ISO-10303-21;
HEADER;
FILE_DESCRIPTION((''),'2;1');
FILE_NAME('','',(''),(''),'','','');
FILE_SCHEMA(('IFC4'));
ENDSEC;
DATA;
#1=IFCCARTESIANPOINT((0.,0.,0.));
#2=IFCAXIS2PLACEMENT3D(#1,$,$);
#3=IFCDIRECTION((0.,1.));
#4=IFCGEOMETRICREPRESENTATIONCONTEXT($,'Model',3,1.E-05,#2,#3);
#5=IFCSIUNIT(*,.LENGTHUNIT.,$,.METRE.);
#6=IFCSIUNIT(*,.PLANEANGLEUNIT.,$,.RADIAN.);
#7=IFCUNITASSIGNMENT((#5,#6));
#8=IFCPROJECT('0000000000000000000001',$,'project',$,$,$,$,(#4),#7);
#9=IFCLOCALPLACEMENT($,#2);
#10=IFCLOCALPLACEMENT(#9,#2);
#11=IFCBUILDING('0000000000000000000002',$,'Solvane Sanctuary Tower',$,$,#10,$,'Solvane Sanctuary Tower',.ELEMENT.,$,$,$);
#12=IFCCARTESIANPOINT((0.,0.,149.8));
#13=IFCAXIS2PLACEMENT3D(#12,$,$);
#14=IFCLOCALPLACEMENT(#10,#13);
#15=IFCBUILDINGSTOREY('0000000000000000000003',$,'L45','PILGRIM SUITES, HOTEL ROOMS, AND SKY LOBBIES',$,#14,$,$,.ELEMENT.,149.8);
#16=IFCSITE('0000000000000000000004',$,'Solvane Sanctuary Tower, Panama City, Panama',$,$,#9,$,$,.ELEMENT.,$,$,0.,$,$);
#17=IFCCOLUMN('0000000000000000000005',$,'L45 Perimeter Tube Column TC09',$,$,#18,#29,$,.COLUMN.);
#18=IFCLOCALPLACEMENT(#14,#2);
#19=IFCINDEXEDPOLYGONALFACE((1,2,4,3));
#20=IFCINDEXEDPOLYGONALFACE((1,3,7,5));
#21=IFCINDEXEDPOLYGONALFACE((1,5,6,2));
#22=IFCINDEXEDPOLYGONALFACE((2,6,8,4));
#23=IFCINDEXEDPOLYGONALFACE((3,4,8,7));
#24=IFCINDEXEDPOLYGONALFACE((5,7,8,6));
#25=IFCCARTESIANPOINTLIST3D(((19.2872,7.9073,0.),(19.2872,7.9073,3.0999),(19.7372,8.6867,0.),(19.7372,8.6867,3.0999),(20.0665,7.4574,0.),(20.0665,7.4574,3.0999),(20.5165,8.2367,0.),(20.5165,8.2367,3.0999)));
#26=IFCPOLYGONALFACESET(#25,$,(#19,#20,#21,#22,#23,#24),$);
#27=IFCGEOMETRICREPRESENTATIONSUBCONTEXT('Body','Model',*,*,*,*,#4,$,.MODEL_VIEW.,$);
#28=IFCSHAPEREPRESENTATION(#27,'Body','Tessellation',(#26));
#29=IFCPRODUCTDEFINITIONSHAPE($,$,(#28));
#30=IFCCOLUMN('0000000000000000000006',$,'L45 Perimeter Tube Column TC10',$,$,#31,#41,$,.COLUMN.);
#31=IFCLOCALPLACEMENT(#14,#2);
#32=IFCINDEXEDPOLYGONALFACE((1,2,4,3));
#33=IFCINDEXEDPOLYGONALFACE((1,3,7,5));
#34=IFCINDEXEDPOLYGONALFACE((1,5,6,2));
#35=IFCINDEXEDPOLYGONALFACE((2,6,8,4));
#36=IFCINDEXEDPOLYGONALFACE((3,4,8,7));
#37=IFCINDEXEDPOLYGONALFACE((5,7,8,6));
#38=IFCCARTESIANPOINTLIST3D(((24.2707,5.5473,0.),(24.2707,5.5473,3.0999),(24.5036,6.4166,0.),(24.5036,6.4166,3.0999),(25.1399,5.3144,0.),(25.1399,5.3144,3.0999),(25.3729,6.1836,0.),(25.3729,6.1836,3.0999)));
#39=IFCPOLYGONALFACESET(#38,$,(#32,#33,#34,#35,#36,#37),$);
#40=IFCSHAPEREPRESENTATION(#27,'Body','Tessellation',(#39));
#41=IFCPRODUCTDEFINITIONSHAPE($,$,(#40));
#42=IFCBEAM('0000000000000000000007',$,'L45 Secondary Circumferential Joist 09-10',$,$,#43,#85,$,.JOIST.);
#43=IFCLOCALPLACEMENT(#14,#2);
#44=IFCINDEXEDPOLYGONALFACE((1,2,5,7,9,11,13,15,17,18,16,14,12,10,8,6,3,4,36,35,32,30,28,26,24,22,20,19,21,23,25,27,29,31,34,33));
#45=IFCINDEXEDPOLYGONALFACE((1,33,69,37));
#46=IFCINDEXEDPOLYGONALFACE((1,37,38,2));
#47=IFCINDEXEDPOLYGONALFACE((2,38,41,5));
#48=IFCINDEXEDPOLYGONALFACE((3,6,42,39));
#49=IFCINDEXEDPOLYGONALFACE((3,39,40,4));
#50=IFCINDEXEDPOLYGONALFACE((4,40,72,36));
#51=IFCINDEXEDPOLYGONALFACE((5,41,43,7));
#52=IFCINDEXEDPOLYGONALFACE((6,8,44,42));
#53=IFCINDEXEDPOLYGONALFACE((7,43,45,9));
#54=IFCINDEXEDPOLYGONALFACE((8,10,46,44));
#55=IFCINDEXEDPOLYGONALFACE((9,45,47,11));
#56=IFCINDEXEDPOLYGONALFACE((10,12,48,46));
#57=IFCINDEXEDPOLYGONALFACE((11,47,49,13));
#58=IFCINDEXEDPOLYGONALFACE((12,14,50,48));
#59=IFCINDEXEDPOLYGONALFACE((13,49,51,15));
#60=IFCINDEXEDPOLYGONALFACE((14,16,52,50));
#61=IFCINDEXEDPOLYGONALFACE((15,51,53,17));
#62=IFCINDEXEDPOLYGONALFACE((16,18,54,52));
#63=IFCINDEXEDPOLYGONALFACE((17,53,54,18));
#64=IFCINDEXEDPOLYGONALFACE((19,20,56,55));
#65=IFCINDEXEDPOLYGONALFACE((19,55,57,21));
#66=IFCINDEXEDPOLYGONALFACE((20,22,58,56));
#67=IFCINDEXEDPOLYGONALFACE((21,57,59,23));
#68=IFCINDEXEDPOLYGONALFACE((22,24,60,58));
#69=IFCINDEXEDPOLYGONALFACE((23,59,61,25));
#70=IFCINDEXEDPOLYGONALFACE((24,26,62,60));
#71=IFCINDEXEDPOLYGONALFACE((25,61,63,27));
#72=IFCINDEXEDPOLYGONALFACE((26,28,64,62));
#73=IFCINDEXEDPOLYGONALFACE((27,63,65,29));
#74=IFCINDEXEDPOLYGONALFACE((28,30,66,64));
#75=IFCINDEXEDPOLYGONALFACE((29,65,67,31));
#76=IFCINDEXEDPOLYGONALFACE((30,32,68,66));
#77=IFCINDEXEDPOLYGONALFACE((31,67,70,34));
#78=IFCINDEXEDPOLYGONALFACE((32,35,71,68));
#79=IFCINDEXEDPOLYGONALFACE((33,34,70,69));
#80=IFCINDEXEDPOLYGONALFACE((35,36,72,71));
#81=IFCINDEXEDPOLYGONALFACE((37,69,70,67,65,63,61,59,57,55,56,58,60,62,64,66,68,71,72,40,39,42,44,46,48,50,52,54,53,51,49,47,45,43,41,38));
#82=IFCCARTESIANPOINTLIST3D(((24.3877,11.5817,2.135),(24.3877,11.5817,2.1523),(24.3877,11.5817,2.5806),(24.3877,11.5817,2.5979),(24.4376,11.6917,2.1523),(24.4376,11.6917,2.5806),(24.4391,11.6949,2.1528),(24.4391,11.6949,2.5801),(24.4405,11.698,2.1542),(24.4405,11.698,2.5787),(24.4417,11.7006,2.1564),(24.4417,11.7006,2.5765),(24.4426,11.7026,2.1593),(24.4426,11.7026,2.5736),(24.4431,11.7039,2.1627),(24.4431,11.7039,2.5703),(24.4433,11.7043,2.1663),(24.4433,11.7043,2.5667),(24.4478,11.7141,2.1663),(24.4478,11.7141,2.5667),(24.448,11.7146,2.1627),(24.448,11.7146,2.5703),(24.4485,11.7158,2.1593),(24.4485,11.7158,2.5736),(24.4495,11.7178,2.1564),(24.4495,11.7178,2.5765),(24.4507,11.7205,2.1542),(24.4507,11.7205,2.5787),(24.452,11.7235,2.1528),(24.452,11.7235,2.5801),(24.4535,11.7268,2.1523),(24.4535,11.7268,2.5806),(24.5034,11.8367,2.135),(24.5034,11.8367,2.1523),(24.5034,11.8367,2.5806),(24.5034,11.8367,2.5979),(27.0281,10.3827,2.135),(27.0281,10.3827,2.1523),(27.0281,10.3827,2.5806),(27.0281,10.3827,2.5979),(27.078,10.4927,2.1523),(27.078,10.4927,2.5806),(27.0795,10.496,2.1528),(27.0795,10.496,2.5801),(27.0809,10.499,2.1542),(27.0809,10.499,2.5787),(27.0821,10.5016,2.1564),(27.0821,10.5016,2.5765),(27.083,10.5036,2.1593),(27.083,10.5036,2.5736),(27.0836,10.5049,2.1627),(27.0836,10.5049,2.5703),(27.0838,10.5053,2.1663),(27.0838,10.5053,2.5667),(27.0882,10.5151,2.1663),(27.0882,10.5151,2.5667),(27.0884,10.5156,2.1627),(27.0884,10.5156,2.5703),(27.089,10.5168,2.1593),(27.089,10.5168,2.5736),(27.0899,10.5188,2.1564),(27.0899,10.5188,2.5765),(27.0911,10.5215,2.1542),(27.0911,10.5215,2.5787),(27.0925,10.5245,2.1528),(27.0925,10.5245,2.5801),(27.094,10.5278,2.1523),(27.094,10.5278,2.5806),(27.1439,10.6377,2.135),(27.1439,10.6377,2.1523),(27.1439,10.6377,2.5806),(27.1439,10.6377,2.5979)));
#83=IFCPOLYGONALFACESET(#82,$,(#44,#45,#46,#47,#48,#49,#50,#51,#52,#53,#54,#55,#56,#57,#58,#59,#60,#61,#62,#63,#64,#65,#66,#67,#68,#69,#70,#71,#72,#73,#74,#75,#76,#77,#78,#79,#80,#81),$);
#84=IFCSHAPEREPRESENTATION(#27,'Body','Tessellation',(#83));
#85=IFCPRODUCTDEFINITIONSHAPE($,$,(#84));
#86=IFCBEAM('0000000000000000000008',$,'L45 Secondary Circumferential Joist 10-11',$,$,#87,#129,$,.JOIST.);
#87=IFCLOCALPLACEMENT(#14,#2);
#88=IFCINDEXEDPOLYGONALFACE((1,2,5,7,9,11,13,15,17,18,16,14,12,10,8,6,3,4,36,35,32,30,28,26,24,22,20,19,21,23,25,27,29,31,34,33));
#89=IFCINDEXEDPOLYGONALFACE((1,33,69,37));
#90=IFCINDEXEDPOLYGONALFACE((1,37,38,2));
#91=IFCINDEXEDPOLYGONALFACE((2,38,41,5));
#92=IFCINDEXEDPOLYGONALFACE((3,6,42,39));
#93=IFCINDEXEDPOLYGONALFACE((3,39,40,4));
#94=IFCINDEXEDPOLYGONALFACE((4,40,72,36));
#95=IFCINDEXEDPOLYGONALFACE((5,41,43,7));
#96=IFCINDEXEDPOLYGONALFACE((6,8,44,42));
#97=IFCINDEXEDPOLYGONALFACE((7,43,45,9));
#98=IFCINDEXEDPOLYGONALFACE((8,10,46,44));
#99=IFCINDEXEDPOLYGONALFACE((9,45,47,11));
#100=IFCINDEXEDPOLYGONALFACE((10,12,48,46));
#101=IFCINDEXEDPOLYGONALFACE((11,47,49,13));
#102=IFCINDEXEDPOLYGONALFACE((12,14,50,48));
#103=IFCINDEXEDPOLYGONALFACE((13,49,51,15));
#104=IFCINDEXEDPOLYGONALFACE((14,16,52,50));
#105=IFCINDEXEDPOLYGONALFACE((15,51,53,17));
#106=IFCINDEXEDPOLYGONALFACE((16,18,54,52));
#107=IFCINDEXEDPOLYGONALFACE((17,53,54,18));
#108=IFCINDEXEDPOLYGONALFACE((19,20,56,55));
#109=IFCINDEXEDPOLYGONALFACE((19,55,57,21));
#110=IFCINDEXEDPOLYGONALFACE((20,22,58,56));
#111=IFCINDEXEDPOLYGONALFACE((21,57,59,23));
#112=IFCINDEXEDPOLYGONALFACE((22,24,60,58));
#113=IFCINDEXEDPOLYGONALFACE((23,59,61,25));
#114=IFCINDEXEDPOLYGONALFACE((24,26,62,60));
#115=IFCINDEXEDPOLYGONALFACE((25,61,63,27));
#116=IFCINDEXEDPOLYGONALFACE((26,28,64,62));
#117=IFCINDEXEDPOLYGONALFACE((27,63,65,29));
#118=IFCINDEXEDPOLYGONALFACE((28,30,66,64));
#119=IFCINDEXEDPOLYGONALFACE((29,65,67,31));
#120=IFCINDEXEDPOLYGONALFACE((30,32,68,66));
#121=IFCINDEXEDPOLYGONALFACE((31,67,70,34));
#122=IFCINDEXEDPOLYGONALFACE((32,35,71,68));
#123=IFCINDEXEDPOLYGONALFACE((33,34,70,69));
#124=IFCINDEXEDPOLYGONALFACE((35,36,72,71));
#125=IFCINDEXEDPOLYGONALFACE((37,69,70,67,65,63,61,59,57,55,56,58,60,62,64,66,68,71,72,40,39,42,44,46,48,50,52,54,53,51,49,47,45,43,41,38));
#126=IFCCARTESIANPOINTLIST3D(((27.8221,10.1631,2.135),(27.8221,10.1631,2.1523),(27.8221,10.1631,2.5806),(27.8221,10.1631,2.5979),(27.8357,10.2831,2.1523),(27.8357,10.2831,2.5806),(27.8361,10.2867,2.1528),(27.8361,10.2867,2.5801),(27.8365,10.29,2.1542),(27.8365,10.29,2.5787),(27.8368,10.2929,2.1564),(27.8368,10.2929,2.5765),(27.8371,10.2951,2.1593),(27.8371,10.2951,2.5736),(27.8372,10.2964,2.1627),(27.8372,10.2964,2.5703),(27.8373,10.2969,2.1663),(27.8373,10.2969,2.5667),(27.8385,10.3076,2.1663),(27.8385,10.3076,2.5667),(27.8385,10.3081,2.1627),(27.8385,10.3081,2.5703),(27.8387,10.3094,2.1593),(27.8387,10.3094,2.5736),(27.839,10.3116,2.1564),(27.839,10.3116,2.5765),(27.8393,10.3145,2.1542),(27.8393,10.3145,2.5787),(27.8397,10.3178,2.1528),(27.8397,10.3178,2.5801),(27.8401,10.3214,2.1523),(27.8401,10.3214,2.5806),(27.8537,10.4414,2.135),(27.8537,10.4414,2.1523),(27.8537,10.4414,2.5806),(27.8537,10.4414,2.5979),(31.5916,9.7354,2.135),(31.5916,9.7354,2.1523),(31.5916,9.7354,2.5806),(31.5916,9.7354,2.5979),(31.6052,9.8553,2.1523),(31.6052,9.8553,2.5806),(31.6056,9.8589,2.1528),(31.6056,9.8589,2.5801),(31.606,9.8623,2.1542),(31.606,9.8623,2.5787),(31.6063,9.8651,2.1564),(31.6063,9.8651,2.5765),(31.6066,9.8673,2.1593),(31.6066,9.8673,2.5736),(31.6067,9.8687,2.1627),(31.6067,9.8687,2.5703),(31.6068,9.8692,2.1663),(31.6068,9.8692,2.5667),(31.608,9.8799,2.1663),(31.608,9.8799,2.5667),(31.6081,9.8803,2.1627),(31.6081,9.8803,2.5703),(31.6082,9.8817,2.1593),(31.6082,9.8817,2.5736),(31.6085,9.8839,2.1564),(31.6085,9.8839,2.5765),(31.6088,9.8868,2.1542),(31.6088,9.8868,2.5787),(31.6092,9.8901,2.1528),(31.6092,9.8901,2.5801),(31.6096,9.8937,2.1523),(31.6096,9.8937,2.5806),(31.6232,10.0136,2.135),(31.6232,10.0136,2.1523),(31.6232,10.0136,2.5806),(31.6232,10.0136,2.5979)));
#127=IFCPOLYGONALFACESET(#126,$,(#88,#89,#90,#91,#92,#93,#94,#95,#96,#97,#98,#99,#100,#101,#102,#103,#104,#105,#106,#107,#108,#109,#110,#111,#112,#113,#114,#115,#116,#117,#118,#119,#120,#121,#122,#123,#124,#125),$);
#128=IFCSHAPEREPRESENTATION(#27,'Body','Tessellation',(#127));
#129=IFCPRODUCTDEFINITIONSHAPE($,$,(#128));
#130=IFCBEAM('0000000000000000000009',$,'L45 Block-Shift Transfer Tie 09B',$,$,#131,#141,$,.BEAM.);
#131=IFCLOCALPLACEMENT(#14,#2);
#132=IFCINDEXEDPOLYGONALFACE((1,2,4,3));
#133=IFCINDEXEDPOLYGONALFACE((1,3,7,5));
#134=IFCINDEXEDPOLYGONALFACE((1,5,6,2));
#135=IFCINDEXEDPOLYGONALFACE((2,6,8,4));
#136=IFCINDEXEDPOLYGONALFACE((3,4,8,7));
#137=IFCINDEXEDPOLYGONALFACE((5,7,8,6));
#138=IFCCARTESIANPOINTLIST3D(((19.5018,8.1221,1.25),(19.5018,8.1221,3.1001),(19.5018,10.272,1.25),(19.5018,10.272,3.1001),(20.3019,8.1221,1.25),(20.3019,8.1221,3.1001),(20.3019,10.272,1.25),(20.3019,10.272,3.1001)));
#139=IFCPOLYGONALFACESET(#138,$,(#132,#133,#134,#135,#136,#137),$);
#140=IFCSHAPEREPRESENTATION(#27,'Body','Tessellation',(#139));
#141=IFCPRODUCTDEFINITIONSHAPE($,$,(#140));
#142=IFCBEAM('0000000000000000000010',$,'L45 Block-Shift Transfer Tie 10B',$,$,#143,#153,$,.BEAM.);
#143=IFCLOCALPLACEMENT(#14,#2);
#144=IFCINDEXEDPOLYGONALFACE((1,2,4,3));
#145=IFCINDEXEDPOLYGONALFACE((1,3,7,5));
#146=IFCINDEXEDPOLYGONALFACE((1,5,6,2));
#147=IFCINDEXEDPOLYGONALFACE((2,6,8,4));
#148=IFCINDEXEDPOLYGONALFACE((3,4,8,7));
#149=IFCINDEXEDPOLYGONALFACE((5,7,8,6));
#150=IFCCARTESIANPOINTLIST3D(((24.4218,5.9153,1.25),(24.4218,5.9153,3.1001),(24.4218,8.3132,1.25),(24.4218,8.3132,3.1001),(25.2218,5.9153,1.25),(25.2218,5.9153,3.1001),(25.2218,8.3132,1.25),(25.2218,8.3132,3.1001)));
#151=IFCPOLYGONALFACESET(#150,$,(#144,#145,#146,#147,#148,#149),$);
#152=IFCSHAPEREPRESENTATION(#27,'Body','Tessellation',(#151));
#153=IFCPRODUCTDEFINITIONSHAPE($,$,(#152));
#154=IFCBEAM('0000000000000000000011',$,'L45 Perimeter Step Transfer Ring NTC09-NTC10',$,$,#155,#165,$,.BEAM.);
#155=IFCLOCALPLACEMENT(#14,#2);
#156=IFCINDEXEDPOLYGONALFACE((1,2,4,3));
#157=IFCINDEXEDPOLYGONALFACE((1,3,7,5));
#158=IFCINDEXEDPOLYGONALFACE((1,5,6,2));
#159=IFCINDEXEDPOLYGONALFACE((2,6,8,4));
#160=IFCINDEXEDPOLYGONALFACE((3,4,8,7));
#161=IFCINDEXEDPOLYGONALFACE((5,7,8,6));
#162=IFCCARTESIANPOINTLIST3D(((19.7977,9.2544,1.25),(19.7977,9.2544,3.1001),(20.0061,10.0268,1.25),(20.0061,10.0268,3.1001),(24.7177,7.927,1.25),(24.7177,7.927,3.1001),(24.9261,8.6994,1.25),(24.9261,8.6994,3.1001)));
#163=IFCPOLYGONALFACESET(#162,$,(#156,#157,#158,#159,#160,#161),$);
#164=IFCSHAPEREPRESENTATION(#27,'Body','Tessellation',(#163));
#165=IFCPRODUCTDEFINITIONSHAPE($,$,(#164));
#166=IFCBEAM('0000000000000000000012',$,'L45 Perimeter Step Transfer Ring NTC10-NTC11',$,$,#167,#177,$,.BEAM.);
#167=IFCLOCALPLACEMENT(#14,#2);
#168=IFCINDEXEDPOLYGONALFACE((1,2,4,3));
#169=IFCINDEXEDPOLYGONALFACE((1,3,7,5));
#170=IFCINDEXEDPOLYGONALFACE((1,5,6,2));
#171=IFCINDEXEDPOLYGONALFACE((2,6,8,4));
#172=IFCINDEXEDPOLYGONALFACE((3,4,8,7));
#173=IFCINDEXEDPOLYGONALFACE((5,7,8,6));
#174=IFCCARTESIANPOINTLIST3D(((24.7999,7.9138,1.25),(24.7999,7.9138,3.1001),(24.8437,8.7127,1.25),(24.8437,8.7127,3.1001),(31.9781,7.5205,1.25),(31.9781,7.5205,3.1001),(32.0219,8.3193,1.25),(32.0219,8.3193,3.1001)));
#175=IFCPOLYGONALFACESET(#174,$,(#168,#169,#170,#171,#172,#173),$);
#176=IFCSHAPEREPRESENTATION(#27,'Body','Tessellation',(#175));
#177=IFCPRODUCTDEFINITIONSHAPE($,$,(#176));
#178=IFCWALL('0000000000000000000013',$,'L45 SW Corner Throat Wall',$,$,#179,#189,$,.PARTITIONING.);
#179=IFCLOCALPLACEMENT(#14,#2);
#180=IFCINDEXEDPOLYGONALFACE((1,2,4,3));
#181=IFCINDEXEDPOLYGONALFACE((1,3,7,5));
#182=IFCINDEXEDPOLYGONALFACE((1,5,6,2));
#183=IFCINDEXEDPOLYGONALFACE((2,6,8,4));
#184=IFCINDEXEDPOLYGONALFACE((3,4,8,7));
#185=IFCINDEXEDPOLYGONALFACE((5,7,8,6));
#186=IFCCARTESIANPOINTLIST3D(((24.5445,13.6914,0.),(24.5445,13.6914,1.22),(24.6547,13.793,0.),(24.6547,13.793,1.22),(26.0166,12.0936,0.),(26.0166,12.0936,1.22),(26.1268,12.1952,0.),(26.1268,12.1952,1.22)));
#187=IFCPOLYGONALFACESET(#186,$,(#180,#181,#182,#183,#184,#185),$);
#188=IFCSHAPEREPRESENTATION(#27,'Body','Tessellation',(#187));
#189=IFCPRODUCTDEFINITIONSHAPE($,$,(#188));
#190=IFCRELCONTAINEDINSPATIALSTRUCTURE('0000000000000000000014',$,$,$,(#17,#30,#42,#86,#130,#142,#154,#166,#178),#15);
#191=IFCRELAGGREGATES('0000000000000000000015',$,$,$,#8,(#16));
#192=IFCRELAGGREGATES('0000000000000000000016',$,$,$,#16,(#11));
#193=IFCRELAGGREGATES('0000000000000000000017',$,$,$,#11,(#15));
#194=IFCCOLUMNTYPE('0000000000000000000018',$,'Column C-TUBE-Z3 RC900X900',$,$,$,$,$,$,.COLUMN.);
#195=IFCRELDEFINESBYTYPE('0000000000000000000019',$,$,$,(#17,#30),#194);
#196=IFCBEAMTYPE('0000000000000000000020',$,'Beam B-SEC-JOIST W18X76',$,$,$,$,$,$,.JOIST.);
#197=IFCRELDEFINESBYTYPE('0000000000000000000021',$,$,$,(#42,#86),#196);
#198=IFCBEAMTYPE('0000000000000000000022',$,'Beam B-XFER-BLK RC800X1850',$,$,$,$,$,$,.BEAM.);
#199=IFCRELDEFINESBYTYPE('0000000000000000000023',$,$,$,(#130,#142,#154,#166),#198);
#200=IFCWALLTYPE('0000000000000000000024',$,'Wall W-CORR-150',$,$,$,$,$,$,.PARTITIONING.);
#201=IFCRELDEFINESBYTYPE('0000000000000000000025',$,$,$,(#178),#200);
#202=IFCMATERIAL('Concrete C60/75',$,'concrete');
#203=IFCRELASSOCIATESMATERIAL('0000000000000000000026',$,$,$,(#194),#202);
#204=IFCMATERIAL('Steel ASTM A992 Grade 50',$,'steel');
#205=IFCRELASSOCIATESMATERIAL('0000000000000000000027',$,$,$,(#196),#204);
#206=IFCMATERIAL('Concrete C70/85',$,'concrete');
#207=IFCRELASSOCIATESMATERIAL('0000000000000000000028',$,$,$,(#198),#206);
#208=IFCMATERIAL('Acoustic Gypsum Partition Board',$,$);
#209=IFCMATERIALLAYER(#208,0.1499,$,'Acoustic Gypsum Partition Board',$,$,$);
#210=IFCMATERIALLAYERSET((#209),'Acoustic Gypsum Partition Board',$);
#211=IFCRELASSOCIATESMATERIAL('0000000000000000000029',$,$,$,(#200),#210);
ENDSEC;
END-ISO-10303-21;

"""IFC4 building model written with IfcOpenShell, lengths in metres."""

from ifc_helpers import new_model, si_unit, direction, frame, frame_2d, origin, origin_2d, place, context, subcontext, project, spatial, rectangle, i_section, extrude, material, layer, layer_set, material_profile, profile_set, type_object, element, save


model = new_model("IFC4")

# Units and contexts
model_context = context("Model", 3, precision=1e-05, world=origin(), true_north=direction((0.0, 1.0)))
body_context = subcontext(model_context, "Body", "Model", "MODEL_VIEW")
ifc_project = project(units=[si_unit("LENGTHUNIT", "METRE"), si_unit("PLANEANGLEUNIT", "RADIAN")], contexts=[model_context])

# Site, building, storey
site_placement = place(None, origin())
site = spatial("IfcSite", under=ifc_project, at=site_placement, Name="Solvane Sanctuary Tower, Panama City, Panama", CompositionType="ELEMENT", RefElevation=0.0)
building_placement = place(site_placement, origin())
building = spatial("IfcBuilding", under=site, at=building_placement, Name="Solvane Sanctuary Tower", LongName="Solvane Sanctuary Tower", CompositionType="ELEMENT")
storey_placement = place(building_placement, frame((0.0, 0.0, 149.8)))
storey = spatial("IfcBuildingStorey", under=building, at=storey_placement, Name="L45", Description="PILGRIM SUITES, HOTEL ROOMS, AND SKY LOBBIES", CompositionType="ELEMENT", Elevation=149.8)

# Columns
ifc_material_1 = material(Name="Concrete C60/75", Category="concrete")
ifc_material_profile_1 = material_profile(ifc_material_1, rectangle(XDim=0.8999, YDim=0.8999, at=origin_2d()), Name="RC900X900")
ifc_profile_set_1 = profile_set([ifc_material_profile_1], Name="Concrete C60/75")
column_type = type_object("IfcColumnType", Name="Column C-TUBE-Z3 RC900X900", PredefinedType="COLUMN", material=ifc_profile_set_1)
for number, where, z_axis, x_axis, name in (
    (1, (19.9019, 8.072, 0.0), (0.0, 0.0, 1.0), (-0.5, -0.866025, 0.0), "L45 Perimeter Tube Column TC09"),
    (2, (24.8218, 5.8655, 0.0), (0.0, 0.0, 1.0), (-0.258819, -0.965926, 0.0), "L45 Perimeter Tube Column TC10"),
):
    element("IfcColumn", number, at=place(storey_placement, frame(where, z_axis=z_axis, x_axis=x_axis)), inside=storey, type_object=column_type, Name=name, PredefinedType="COLUMN", context=body_context, shape_type="SweptSolid", body=[
        extrude(rectangle(XDim=0.8999, YDim=0.8999, at=origin_2d()), origin(), (0.0, 0.0, 1.0), 3.0999),
    ])

# Beams
ifc_material_2 = material(Name="Steel ASTM A992 Grade 50", Category="steel")
ifc_material_profile_2 = material_profile(ifc_material_2, i_section(OverallWidth=0.28, OverallDepth=0.4629, WebThickness=0.0107, FlangeThickness=0.0173, FilletRadius=0.0139, at=origin_2d()), Name="W18X76")
ifc_profile_set_2 = profile_set([ifc_material_profile_2], Name="Steel ASTM A992 Grade 50")
beam_type_1 = type_object("IfcBeamType", Name="Beam B-SEC-JOIST W18X76", PredefinedType="JOIST", material=ifc_profile_set_2)
beam_1_placement = place(storey_placement, frame((24.4456, 11.7092, 2.3665), z_axis=(0.910522, -0.41346, 0.0), x_axis=(0.41346, 0.910522, 0.0)))
element("IfcBeam", 3, at=beam_1_placement, inside=storey, type_object=beam_type_1, Name="L45 Secondary Circumferential Joist 09-10", PredefinedType="JOIST", context=body_context, shape_type="SweptSolid", body=[
    extrude(i_section(OverallWidth=0.28, OverallDepth=0.4629, WebThickness=0.0107, FlangeThickness=0.0173, FilletRadius=0.0139, at=origin_2d()), origin(), (0.0, 0.0, 1.0), 2.8999),
])
beam_2_placement = place(storey_placement, frame((27.8379, 10.3022, 2.3665), z_axis=(0.993624, -0.112748, 0.0), x_axis=(0.112748, 0.993624, 0.0)))
element("IfcBeam", 4, at=beam_2_placement, inside=storey, type_object=beam_type_1, Name="L45 Secondary Circumferential Joist 10-11", PredefinedType="JOIST", context=body_context, shape_type="SweptSolid", body=[
    extrude(i_section(OverallWidth=0.28, OverallDepth=0.4629, WebThickness=0.0107, FlangeThickness=0.0173, FilletRadius=0.0139, at=origin_2d()), origin(), (0.0, 0.0, 1.0), 3.7937),
])
ifc_material_3 = material(Name="Concrete C70/85", Category="concrete")
ifc_material_profile_3 = material_profile(ifc_material_3, rectangle(XDim=0.8, YDim=1.8501, at=origin_2d()), Name="RC800X1850")
ifc_profile_set_3 = profile_set([ifc_material_profile_3], Name="Concrete C70/85")
beam_type_2 = type_object("IfcBeamType", Name="Beam B-XFER-BLK RC800X1850", PredefinedType="BEAM", material=ifc_profile_set_3)
beam_3_placement = place(storey_placement, frame((19.9019, 8.1221, 2.175), z_axis=(0.0, 1.0, 0.0), x_axis=(-1.0, 0.0, 0.0)))
element("IfcBeam", 5, at=beam_3_placement, inside=storey, type_object=beam_type_2, Name="L45 Block-Shift Transfer Tie 09B", PredefinedType="BEAM", context=body_context, shape_type="SweptSolid", body=[
    extrude(rectangle(XDim=0.8, YDim=1.8501, at=origin_2d()), origin(), (0.0, 0.0, 1.0), 2.1499),
])
beam_4_placement = place(storey_placement, frame((24.8218, 5.9153, 2.175), z_axis=(0.0, 1.0, 0.0), x_axis=(-1.0, 0.0, 0.0)))
element("IfcBeam", 6, at=beam_4_placement, inside=storey, type_object=beam_type_2, Name="L45 Block-Shift Transfer Tie 10B", PredefinedType="BEAM", context=body_context, shape_type="SweptSolid", body=[
    extrude(rectangle(XDim=0.8, YDim=1.8501, at=origin_2d()), origin(), (0.0, 0.0, 1.0), 2.3979),
])
beam_5_placement = place(storey_placement, frame((19.9019, 9.6406, 2.175), z_axis=(0.965478, -0.260485, 0.0), x_axis=(0.260485, 0.965478, 0.0)))
element("IfcBeam", 7, at=beam_5_placement, inside=storey, type_object=beam_type_2, Name="L45 Perimeter Step Transfer Ring NTC09-NTC10", PredefinedType="BEAM", context=body_context, shape_type="SweptSolid", body=[
    extrude(rectangle(XDim=0.8, YDim=1.8501, at=origin_2d()), origin(), (0.0, 0.0, 1.0), 5.0959),
])
beam_6_placement = place(storey_placement, frame((24.8218, 8.3132, 2.175), z_axis=(0.998502, -0.05471, 0.0), x_axis=(0.05471, 0.998502, 0.0)))
element("IfcBeam", 8, at=beam_6_placement, inside=storey, type_object=beam_type_2, Name="L45 Perimeter Step Transfer Ring NTC10-NTC11", PredefinedType="BEAM", context=body_context, shape_type="SweptSolid", body=[
    extrude(rectangle(XDim=0.8, YDim=1.8501, at=origin_2d()), origin(), (0.0, 0.0, 1.0), 7.189),
])

# Wall
ifc_material_4 = material(Name="Acoustic Gypsum Partition Board")
ifc_layer_1 = layer(ifc_material_4, 0.1499, Name="Acoustic Gypsum Partition Board")
ifc_layer_set_1 = layer_set([ifc_layer_1], Name="Acoustic Gypsum Partition Board")
wall_type_1 = type_object("IfcWallType", Name="Wall W-CORR-150", PredefinedType="PARTITIONING", material=ifc_layer_set_1)
wall_1_placement = place(storey_placement, frame((26.0718, 12.1443, 0.0), z_axis=(0.0, 0.0, 1.0), x_axis=(-0.67758, 0.735449, 0.0)))
element("IfcWall", 9, at=wall_1_placement, inside=storey, type_object=wall_type_1, Name="L45 SW Corner Throat Wall", PredefinedType="PARTITIONING", context=body_context, shape_type="SweptSolid", body=[
    extrude(rectangle(XDim=2.1726, YDim=0.1499, at=frame_2d((1.0864, 0.0))), origin(), (0.0, 0.0, 1.0), 1.22),
])

save(model, "model.ifc")
